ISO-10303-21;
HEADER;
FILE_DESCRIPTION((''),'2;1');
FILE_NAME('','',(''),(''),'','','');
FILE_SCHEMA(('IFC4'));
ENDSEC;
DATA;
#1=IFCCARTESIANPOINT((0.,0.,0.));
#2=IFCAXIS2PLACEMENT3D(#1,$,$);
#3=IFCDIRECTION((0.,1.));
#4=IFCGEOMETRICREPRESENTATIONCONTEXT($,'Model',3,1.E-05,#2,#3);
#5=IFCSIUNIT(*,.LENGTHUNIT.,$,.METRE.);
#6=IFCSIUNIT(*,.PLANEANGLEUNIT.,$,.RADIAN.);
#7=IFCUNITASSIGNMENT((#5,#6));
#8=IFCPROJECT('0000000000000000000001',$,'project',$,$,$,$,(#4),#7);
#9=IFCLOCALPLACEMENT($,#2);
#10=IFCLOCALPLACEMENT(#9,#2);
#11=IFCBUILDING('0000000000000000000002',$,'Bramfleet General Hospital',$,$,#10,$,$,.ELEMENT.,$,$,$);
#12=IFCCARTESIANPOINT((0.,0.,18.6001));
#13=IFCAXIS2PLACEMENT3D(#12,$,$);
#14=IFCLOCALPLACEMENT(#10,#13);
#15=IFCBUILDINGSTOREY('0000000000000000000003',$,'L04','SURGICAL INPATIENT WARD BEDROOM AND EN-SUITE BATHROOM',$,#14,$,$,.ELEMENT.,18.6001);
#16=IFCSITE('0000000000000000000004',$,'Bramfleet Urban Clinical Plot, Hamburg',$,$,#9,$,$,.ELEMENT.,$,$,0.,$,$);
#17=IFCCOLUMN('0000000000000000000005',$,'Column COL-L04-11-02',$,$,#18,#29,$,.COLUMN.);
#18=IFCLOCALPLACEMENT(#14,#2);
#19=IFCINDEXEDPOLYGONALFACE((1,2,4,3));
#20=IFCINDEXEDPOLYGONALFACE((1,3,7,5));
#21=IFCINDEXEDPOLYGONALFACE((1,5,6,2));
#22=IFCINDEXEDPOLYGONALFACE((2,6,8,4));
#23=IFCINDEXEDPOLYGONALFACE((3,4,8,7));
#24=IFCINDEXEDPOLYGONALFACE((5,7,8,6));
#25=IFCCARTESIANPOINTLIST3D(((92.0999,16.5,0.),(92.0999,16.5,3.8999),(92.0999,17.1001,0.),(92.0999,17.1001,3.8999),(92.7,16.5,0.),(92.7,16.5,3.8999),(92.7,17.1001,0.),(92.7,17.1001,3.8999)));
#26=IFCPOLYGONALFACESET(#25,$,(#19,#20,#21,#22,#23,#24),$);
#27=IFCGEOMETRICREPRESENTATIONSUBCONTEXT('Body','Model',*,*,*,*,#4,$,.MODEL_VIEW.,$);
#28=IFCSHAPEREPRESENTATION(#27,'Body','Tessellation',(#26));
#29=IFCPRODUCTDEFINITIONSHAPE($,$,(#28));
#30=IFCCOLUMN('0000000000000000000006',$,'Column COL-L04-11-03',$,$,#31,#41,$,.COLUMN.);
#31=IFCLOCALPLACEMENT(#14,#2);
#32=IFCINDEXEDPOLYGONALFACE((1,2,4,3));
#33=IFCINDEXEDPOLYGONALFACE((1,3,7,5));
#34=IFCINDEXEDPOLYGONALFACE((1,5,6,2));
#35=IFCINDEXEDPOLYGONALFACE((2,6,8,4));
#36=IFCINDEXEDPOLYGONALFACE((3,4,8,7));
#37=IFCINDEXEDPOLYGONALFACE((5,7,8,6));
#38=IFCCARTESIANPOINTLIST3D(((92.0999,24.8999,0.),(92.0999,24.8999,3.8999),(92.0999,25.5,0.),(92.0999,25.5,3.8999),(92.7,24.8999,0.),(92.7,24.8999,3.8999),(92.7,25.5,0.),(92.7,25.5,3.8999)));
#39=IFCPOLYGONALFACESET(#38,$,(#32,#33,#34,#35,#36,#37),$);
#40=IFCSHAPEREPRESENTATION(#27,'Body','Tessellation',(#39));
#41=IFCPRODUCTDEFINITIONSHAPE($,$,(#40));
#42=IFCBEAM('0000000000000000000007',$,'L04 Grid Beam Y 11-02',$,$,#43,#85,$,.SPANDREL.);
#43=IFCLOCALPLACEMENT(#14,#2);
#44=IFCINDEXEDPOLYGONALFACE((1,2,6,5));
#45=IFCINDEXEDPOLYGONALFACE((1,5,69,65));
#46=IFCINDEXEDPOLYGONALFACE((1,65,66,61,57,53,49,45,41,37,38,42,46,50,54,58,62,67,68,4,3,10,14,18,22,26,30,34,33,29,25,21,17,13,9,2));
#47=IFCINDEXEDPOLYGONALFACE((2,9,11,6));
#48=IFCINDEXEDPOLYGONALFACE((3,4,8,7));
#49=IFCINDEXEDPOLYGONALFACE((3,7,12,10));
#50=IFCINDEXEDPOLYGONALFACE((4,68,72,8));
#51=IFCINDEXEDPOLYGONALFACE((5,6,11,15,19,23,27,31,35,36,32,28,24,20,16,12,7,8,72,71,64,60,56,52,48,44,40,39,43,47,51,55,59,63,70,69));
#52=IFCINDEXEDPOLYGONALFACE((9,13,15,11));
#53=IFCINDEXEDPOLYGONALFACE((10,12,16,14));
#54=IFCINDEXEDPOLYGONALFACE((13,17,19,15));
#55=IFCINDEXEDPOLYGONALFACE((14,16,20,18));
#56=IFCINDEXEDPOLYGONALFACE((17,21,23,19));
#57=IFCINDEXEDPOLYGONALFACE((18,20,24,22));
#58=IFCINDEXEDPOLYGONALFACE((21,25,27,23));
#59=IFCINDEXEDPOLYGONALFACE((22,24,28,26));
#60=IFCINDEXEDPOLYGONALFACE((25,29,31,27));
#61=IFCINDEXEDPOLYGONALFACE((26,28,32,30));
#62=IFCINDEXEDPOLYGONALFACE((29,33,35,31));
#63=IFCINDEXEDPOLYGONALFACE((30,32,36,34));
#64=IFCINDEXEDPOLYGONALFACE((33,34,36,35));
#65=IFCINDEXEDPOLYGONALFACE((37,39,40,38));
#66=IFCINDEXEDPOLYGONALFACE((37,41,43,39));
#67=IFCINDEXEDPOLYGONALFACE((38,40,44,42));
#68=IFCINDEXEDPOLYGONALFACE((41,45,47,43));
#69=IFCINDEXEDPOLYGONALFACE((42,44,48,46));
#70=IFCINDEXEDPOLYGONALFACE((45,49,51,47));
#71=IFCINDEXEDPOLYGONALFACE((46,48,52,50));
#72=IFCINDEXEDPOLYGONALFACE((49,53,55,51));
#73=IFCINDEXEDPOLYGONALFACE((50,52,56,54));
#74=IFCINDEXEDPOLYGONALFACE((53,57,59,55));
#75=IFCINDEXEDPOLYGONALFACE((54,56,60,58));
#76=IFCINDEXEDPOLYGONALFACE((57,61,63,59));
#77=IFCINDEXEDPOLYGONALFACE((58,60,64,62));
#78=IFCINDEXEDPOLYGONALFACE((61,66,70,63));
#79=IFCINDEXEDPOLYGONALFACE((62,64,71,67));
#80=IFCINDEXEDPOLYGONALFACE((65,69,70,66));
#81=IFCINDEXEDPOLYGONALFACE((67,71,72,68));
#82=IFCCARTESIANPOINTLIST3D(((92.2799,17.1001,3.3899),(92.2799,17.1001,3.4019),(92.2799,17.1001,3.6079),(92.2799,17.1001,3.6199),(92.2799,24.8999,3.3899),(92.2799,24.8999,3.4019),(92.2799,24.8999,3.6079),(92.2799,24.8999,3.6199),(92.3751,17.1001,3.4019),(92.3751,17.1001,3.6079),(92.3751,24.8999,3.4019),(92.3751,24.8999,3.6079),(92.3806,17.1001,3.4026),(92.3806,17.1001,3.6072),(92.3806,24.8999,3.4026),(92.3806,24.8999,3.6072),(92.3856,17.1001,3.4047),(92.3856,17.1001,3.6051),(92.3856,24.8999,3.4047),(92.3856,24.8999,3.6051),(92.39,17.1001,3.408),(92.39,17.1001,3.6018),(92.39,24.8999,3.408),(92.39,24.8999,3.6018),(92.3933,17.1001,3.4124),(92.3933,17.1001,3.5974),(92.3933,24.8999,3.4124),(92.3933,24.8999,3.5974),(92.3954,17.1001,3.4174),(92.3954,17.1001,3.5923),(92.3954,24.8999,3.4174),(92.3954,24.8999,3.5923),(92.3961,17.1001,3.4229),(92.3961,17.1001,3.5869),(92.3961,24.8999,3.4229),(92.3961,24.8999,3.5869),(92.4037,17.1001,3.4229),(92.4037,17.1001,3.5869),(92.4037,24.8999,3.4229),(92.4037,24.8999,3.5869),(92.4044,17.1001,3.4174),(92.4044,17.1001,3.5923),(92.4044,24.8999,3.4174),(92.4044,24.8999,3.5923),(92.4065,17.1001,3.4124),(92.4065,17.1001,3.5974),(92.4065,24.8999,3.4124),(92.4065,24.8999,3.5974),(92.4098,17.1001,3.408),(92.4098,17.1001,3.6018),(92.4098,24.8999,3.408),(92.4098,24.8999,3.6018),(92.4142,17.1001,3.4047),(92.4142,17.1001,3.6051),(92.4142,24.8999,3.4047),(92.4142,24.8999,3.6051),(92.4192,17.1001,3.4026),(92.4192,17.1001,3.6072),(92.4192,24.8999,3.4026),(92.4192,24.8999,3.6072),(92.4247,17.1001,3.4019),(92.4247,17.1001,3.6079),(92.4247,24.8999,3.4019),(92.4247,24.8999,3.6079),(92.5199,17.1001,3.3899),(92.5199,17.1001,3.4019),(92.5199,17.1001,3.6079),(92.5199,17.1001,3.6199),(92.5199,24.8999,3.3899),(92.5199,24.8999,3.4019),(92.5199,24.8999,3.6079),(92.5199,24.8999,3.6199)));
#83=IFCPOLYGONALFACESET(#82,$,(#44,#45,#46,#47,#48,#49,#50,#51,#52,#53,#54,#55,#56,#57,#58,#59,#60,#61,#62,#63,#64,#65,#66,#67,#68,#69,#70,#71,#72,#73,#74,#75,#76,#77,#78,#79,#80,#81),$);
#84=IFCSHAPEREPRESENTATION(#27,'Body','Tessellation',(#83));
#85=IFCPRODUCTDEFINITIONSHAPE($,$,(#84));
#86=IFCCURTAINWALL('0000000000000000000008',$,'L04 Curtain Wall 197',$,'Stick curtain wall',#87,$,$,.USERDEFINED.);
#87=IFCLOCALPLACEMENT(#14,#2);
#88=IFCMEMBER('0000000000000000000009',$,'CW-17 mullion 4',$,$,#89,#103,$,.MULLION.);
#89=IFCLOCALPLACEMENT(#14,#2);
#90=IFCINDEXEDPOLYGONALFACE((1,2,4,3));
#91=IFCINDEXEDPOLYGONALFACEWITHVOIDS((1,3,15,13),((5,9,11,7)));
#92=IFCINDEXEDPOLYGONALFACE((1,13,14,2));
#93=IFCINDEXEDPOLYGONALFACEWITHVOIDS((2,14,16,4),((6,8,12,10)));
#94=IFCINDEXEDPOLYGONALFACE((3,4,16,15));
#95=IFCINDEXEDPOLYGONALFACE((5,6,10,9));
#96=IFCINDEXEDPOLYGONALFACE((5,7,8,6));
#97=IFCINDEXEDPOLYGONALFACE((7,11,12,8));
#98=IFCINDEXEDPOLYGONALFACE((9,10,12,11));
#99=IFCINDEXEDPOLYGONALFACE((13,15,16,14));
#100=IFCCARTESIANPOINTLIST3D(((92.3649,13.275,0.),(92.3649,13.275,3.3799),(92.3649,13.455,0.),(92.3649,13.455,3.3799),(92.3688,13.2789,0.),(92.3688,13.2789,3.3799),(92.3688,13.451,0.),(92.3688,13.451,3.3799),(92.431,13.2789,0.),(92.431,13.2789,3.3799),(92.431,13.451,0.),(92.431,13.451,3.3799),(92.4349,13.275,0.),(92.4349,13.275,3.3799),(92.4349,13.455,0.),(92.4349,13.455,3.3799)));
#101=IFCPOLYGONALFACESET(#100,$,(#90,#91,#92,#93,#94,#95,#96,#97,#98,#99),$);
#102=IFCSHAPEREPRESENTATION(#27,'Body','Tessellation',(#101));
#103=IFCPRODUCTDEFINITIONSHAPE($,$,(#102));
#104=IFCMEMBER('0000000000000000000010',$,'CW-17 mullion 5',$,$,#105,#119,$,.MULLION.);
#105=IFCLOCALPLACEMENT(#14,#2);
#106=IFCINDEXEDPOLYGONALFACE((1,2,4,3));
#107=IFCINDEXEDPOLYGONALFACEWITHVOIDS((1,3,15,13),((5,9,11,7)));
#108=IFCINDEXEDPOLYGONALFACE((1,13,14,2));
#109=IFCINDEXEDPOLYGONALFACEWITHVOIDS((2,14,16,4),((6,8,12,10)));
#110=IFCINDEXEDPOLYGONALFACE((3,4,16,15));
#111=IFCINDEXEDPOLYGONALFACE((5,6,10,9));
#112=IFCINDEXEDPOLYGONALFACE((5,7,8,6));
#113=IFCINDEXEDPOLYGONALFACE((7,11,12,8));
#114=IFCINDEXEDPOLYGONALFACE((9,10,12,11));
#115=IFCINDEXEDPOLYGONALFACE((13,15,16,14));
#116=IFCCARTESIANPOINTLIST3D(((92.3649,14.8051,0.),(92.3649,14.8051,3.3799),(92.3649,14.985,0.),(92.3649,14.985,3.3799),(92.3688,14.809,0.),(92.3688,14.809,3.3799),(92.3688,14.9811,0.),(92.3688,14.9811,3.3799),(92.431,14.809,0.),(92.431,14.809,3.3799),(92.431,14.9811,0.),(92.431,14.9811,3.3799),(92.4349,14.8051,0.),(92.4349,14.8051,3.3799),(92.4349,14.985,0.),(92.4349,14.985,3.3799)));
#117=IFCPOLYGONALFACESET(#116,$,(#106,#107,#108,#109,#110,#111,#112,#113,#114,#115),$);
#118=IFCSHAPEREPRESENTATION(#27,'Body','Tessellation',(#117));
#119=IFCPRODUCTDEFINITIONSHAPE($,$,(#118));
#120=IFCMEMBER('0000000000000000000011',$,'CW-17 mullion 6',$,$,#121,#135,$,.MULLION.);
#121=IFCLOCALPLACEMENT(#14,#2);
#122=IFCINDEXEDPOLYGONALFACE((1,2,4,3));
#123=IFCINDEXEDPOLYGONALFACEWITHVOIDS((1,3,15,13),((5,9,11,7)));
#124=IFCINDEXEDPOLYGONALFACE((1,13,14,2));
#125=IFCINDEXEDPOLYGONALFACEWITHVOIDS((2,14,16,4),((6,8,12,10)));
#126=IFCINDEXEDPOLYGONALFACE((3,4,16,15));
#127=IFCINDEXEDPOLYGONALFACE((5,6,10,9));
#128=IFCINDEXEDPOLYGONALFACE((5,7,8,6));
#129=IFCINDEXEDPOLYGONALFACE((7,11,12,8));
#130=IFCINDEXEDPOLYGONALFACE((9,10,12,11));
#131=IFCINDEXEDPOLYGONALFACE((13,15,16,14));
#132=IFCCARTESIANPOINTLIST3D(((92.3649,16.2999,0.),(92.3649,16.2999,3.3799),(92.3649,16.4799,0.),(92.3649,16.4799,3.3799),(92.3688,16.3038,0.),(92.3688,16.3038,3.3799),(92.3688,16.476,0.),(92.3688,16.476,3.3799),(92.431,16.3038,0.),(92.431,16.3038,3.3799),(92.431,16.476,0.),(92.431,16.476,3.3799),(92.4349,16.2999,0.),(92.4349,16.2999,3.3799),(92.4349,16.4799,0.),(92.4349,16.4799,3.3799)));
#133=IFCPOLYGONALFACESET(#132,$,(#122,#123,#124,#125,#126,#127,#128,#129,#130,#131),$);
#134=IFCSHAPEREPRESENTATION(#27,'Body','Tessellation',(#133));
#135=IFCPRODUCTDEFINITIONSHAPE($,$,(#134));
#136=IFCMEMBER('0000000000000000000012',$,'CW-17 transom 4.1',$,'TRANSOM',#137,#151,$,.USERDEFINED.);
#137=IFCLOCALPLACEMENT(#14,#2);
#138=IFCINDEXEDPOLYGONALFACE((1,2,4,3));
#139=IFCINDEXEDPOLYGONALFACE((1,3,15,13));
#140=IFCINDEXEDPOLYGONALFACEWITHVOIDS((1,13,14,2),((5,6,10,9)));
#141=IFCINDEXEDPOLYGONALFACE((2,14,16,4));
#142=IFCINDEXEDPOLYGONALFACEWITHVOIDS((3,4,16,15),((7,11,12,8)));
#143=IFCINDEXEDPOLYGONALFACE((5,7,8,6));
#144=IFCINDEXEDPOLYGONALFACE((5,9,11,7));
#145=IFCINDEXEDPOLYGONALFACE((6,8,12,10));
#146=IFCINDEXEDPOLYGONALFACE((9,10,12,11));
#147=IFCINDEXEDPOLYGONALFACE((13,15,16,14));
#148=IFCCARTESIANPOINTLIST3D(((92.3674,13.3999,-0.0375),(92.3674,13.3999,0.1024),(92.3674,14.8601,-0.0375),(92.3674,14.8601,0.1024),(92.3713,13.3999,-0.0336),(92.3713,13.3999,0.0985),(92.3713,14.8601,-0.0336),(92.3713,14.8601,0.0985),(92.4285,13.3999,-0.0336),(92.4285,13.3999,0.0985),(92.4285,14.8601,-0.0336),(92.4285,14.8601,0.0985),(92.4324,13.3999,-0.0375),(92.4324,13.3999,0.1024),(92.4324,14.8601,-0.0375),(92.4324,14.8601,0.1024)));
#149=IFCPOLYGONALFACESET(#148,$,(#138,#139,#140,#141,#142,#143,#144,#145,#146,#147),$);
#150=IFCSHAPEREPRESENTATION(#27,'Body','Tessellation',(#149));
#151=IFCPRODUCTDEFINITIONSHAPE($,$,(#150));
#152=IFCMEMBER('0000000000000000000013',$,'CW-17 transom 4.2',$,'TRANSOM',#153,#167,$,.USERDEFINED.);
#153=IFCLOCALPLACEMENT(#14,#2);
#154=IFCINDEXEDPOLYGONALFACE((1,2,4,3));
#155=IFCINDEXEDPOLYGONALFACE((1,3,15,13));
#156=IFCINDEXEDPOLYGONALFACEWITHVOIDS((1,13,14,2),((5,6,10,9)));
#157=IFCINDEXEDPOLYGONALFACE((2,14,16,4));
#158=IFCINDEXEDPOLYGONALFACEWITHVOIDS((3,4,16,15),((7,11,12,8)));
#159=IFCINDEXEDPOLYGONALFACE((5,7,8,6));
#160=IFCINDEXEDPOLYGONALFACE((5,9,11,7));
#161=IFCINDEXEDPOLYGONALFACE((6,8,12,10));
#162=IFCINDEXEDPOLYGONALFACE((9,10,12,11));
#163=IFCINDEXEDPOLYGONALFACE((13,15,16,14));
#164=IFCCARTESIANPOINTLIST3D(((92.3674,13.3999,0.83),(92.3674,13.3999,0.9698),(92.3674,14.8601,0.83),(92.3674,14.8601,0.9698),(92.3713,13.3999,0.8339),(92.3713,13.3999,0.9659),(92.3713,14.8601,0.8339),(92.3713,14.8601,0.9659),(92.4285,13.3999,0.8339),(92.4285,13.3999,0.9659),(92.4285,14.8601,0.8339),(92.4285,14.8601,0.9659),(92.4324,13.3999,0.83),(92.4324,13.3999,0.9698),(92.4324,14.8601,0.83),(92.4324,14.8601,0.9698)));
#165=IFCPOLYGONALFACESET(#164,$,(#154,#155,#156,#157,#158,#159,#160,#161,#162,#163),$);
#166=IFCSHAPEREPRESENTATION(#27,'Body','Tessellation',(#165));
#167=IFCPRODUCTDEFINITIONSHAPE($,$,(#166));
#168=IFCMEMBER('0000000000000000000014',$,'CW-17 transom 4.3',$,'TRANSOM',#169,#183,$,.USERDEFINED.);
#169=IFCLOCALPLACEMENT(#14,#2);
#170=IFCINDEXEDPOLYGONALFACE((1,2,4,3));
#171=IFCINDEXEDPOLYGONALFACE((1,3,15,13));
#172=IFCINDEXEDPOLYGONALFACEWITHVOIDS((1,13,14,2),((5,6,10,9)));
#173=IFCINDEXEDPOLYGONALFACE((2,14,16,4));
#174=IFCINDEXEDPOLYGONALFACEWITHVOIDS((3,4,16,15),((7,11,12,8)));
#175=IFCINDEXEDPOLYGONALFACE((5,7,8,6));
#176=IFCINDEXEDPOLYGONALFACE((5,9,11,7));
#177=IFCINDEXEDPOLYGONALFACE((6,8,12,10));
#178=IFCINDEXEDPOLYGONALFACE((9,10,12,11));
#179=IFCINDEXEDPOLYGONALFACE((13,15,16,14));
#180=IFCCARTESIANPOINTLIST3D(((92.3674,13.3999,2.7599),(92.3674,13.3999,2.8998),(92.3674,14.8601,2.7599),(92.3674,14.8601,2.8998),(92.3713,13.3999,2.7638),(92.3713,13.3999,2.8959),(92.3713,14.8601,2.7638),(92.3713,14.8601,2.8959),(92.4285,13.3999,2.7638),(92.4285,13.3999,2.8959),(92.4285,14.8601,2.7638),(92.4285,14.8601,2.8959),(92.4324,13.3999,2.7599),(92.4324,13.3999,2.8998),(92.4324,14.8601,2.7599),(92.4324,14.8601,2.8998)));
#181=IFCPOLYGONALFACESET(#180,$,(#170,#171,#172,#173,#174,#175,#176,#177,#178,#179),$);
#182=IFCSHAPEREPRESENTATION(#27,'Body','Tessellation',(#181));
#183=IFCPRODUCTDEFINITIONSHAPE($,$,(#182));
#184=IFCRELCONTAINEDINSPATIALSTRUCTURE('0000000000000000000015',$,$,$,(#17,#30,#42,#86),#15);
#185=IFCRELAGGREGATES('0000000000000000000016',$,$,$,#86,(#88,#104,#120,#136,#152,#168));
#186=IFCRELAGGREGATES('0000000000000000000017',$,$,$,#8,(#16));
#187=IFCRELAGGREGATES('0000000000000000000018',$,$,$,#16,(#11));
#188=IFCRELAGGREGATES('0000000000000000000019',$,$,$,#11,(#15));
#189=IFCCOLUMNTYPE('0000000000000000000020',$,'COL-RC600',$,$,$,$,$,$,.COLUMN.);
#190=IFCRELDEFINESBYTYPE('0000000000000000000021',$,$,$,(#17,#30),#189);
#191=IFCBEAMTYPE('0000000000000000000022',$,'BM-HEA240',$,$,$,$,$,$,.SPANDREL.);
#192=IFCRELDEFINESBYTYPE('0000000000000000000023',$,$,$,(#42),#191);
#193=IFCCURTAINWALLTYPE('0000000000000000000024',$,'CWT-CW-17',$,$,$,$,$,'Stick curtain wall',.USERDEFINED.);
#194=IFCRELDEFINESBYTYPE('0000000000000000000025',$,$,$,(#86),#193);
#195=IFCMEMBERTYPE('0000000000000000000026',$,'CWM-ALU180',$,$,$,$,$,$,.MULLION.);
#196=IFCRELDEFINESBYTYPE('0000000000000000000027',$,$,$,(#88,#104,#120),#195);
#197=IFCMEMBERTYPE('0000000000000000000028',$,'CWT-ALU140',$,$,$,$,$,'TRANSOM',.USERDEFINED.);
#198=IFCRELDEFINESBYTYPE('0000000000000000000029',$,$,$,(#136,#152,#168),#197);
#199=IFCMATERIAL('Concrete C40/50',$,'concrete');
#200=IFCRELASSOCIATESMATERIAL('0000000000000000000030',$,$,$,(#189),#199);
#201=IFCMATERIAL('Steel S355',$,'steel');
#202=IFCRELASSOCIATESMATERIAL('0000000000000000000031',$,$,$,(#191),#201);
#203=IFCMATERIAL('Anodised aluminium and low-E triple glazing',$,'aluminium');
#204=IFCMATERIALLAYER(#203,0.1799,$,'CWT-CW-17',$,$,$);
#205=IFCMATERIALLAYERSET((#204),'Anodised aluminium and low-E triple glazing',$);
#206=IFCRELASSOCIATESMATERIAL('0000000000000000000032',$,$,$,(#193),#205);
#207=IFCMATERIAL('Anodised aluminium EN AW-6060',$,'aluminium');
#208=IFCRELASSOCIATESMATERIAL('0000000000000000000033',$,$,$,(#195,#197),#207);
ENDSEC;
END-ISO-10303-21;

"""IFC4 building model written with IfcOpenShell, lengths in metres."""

from ifc_helpers import new_model, si_unit, direction, frame, origin, origin_2d, place, context, subcontext, project, spatial, rectangle, hollow_rectangle, i_section, extrude, material, layer, layer_set, material_profile, profile_set, type_object, element, aggregate, save


model = new_model("IFC4")

# Units and contexts
model_context = context("Model", 3, precision=1e-05, world=origin(), true_north=direction((0.0, 1.0)))
body_context = subcontext(model_context, "Body", "Model", "MODEL_VIEW")
ifc_project = project(units=[si_unit("LENGTHUNIT", "METRE"), si_unit("PLANEANGLEUNIT", "RADIAN")], contexts=[model_context])

# Site, building, storey
site_placement = place(None, origin())
site = spatial("IfcSite", under=ifc_project, at=site_placement, Name="Bramfleet Urban Clinical Plot, Hamburg", CompositionType="ELEMENT", RefElevation=0.0)
building_placement = place(site_placement, origin())
building = spatial("IfcBuilding", under=site, at=building_placement, Name="Bramfleet General Hospital", CompositionType="ELEMENT")
storey_placement = place(building_placement, frame((0.0, 0.0, 18.6001)))
storey = spatial("IfcBuildingStorey", under=building, at=storey_placement, Name="L04", Description="SURGICAL INPATIENT WARD BEDROOM AND EN-SUITE BATHROOM", CompositionType="ELEMENT", Elevation=18.6001)

# Columns
ifc_material_1 = material(Name="Concrete C40/50", Category="concrete")
ifc_material_profile_1 = material_profile(ifc_material_1, rectangle(XDim=0.6001, YDim=0.6001, at=origin_2d()), Name="RC COL 600x600")
ifc_profile_set_1 = profile_set([ifc_material_profile_1], Name="Concrete C40/50")
column_type = type_object("IfcColumnType", Name="COL-RC600", PredefinedType="COLUMN", material=ifc_profile_set_1)
for number, where, z_axis, x_axis, name in (
    (1, (92.3999, 16.8, 0.0), (0.0, 0.0, 1.0), (1.0, 0.0, 0.0), "Column COL-L04-11-02"),
    (2, (92.3999, 25.2, 0.0), (0.0, 0.0, 1.0), (1.0, 0.0, 0.0), "Column COL-L04-11-03"),
):
    element("IfcColumn", number, at=place(storey_placement, frame(where, z_axis=z_axis, x_axis=x_axis)), inside=storey, type_object=column_type, Name=name, PredefinedType="COLUMN", context=body_context, shape_type="SweptSolid", body=[
        extrude(rectangle(XDim=0.6001, YDim=0.6001, at=origin_2d()), origin(), (0.0, 0.0, 1.0), 3.8999),
    ])

# Beam
ifc_material_2 = material(Name="Steel S355", Category="steel")
ifc_material_profile_2 = material_profile(ifc_material_2, i_section(OverallWidth=0.24, OverallDepth=0.23, WebThickness=0.0076, FlangeThickness=0.012, FilletRadius=0.021, at=origin_2d()), Name="HEA 240")
ifc_profile_set_2 = profile_set([ifc_material_profile_2], Name="Steel S355")
beam_type = type_object("IfcBeamType", Name="BM-HEA240", PredefinedType="SPANDREL", material=ifc_profile_set_2)
beam_placement = place(storey_placement, frame((92.3999, 17.1001, 3.5049), z_axis=(0.0, 1.0, 0.0), x_axis=(-1.0, 0.0, 0.0)))
element("IfcBeam", 3, at=beam_placement, inside=storey, type_object=beam_type, Name="L04 Grid Beam Y 11-02", PredefinedType="SPANDREL", context=body_context, shape_type="SweptSolid", body=[
    extrude(i_section(OverallWidth=0.24, OverallDepth=0.23, WebThickness=0.0076, FlangeThickness=0.012, FilletRadius=0.021, at=origin_2d()), origin(), (0.0, 0.0, 1.0), 7.7998),
])

# Curtain wall, members
ifc_material_3 = material(Name="Anodised aluminium and low-E triple glazing", Category="aluminium")
ifc_layer_1 = layer(ifc_material_3, 0.1799, Name="CWT-CW-17")
ifc_layer_set_1 = layer_set([ifc_layer_1], Name="Anodised aluminium and low-E triple glazing")
curtain_wall_type = type_object("IfcCurtainWallType", Name="CWT-CW-17", ElementType="Stick curtain wall", PredefinedType="USERDEFINED", material=ifc_layer_set_1)
curtain_wall_placement = place(storey_placement, origin())
curtain_wall = element("IfcCurtainWall", 4, at=curtain_wall_placement, inside=storey, type_object=curtain_wall_type, Name="L04 Curtain Wall 197", ObjectType="Stick curtain wall", PredefinedType="USERDEFINED")
ifc_material_4 = material(Name="Anodised aluminium EN AW-6060", Category="aluminium")
ifc_material_profile_3 = material_profile(ifc_material_4, hollow_rectangle(XDim=0.0701, YDim=0.1799, WallThickness=0.0039, at=origin_2d()), Name="ALU 180x70x4.0")
ifc_profile_set_3 = profile_set([ifc_material_profile_3], Name="Anodised aluminium EN AW-6060")
member_type_1 = type_object("IfcMemberType", Name="CWM-ALU180", PredefinedType="MULLION", material=ifc_profile_set_3)
member_1_placement = place(storey_placement, frame((92.3999, 13.365, 0.0), z_axis=(0.0, 0.0, 1.0), x_axis=(-1.0, 0.0, 0.0)))
member_1 = element("IfcMember", 5, at=member_1_placement, type_object=member_type_1, Name="CW-17 mullion 4", PredefinedType="MULLION", context=body_context, shape_type="SweptSolid", body=[
    extrude(hollow_rectangle(XDim=0.0701, YDim=0.1799, WallThickness=0.0039, at=origin_2d()), origin(), (0.0, 0.0, 1.0), 3.3799),
])
member_2_placement = place(storey_placement, frame((92.3999, 14.895, 0.0), z_axis=(0.0, 0.0, 1.0), x_axis=(-1.0, 0.0, 0.0)))
member_2 = element("IfcMember", 6, at=member_2_placement, type_object=member_type_1, Name="CW-17 mullion 5", PredefinedType="MULLION", context=body_context, shape_type="SweptSolid", body=[
    extrude(hollow_rectangle(XDim=0.0701, YDim=0.1799, WallThickness=0.0039, at=origin_2d()), origin(), (0.0, 0.0, 1.0), 3.3799),
])
member_3_placement = place(storey_placement, frame((92.3999, 16.3899, 0.0), z_axis=(0.0, 0.0, 1.0), x_axis=(-1.0, 0.0, 0.0)))
member_3 = element("IfcMember", 7, at=member_3_placement, type_object=member_type_1, Name="CW-17 mullion 6", PredefinedType="MULLION", context=body_context, shape_type="SweptSolid", body=[
    extrude(hollow_rectangle(XDim=0.0701, YDim=0.1799, WallThickness=0.0039, at=origin_2d()), origin(), (0.0, 0.0, 1.0), 3.3799),
])
ifc_material_profile_4 = material_profile(ifc_material_4, hollow_rectangle(XDim=0.0649, YDim=0.1399, WallThickness=0.0039, at=origin_2d()), Name="ALU 140x65x4.0")
ifc_profile_set_4 = profile_set([ifc_material_profile_4], Name="Anodised aluminium EN AW-6060")
member_type_2 = type_object("IfcMemberType", Name="CWT-ALU140", ElementType="TRANSOM", PredefinedType="USERDEFINED", material=ifc_profile_set_4)
member_4_placement = place(storey_placement, frame((92.3999, 13.3999, 0.0325), z_axis=(0.0, 1.0, 0.0), x_axis=(-1.0, 0.0, 0.0)))
member_4 = element("IfcMember", 8, at=member_4_placement, type_object=member_type_2, Name="CW-17 transom 4.1", ObjectType="TRANSOM", PredefinedType="USERDEFINED", context=body_context, shape_type="SweptSolid", body=[
    extrude(hollow_rectangle(XDim=0.0649, YDim=0.1399, WallThickness=0.0039, at=origin_2d()), origin(), (0.0, 0.0, 1.0), 1.4602),
])
member_5_placement = place(storey_placement, frame((92.3999, 13.3999, 0.8999), z_axis=(0.0, 1.0, 0.0), x_axis=(-1.0, 0.0, 0.0)))
member_5 = element("IfcMember", 9, at=member_5_placement, type_object=member_type_2, Name="CW-17 transom 4.2", ObjectType="TRANSOM", PredefinedType="USERDEFINED", context=body_context, shape_type="SweptSolid", body=[
    extrude(hollow_rectangle(XDim=0.0649, YDim=0.1399, WallThickness=0.0039, at=origin_2d()), origin(), (0.0, 0.0, 1.0), 1.4602),
])
member_6_placement = place(storey_placement, frame((92.3999, 13.3999, 2.8298), z_axis=(0.0, 1.0, 0.0), x_axis=(-1.0, 0.0, 0.0)))
member_6 = element("IfcMember", 10, at=member_6_placement, type_object=member_type_2, Name="CW-17 transom 4.3", ObjectType="TRANSOM", PredefinedType="USERDEFINED", context=body_context, shape_type="SweptSolid", body=[
    extrude(hollow_rectangle(XDim=0.0649, YDim=0.1399, WallThickness=0.0039, at=origin_2d()), origin(), (0.0, 0.0, 1.0), 1.4602),
])
aggregate(curtain_wall, [member_1, member_2, member_3, member_4, member_5, member_6])

save(model, "model.ifc")
